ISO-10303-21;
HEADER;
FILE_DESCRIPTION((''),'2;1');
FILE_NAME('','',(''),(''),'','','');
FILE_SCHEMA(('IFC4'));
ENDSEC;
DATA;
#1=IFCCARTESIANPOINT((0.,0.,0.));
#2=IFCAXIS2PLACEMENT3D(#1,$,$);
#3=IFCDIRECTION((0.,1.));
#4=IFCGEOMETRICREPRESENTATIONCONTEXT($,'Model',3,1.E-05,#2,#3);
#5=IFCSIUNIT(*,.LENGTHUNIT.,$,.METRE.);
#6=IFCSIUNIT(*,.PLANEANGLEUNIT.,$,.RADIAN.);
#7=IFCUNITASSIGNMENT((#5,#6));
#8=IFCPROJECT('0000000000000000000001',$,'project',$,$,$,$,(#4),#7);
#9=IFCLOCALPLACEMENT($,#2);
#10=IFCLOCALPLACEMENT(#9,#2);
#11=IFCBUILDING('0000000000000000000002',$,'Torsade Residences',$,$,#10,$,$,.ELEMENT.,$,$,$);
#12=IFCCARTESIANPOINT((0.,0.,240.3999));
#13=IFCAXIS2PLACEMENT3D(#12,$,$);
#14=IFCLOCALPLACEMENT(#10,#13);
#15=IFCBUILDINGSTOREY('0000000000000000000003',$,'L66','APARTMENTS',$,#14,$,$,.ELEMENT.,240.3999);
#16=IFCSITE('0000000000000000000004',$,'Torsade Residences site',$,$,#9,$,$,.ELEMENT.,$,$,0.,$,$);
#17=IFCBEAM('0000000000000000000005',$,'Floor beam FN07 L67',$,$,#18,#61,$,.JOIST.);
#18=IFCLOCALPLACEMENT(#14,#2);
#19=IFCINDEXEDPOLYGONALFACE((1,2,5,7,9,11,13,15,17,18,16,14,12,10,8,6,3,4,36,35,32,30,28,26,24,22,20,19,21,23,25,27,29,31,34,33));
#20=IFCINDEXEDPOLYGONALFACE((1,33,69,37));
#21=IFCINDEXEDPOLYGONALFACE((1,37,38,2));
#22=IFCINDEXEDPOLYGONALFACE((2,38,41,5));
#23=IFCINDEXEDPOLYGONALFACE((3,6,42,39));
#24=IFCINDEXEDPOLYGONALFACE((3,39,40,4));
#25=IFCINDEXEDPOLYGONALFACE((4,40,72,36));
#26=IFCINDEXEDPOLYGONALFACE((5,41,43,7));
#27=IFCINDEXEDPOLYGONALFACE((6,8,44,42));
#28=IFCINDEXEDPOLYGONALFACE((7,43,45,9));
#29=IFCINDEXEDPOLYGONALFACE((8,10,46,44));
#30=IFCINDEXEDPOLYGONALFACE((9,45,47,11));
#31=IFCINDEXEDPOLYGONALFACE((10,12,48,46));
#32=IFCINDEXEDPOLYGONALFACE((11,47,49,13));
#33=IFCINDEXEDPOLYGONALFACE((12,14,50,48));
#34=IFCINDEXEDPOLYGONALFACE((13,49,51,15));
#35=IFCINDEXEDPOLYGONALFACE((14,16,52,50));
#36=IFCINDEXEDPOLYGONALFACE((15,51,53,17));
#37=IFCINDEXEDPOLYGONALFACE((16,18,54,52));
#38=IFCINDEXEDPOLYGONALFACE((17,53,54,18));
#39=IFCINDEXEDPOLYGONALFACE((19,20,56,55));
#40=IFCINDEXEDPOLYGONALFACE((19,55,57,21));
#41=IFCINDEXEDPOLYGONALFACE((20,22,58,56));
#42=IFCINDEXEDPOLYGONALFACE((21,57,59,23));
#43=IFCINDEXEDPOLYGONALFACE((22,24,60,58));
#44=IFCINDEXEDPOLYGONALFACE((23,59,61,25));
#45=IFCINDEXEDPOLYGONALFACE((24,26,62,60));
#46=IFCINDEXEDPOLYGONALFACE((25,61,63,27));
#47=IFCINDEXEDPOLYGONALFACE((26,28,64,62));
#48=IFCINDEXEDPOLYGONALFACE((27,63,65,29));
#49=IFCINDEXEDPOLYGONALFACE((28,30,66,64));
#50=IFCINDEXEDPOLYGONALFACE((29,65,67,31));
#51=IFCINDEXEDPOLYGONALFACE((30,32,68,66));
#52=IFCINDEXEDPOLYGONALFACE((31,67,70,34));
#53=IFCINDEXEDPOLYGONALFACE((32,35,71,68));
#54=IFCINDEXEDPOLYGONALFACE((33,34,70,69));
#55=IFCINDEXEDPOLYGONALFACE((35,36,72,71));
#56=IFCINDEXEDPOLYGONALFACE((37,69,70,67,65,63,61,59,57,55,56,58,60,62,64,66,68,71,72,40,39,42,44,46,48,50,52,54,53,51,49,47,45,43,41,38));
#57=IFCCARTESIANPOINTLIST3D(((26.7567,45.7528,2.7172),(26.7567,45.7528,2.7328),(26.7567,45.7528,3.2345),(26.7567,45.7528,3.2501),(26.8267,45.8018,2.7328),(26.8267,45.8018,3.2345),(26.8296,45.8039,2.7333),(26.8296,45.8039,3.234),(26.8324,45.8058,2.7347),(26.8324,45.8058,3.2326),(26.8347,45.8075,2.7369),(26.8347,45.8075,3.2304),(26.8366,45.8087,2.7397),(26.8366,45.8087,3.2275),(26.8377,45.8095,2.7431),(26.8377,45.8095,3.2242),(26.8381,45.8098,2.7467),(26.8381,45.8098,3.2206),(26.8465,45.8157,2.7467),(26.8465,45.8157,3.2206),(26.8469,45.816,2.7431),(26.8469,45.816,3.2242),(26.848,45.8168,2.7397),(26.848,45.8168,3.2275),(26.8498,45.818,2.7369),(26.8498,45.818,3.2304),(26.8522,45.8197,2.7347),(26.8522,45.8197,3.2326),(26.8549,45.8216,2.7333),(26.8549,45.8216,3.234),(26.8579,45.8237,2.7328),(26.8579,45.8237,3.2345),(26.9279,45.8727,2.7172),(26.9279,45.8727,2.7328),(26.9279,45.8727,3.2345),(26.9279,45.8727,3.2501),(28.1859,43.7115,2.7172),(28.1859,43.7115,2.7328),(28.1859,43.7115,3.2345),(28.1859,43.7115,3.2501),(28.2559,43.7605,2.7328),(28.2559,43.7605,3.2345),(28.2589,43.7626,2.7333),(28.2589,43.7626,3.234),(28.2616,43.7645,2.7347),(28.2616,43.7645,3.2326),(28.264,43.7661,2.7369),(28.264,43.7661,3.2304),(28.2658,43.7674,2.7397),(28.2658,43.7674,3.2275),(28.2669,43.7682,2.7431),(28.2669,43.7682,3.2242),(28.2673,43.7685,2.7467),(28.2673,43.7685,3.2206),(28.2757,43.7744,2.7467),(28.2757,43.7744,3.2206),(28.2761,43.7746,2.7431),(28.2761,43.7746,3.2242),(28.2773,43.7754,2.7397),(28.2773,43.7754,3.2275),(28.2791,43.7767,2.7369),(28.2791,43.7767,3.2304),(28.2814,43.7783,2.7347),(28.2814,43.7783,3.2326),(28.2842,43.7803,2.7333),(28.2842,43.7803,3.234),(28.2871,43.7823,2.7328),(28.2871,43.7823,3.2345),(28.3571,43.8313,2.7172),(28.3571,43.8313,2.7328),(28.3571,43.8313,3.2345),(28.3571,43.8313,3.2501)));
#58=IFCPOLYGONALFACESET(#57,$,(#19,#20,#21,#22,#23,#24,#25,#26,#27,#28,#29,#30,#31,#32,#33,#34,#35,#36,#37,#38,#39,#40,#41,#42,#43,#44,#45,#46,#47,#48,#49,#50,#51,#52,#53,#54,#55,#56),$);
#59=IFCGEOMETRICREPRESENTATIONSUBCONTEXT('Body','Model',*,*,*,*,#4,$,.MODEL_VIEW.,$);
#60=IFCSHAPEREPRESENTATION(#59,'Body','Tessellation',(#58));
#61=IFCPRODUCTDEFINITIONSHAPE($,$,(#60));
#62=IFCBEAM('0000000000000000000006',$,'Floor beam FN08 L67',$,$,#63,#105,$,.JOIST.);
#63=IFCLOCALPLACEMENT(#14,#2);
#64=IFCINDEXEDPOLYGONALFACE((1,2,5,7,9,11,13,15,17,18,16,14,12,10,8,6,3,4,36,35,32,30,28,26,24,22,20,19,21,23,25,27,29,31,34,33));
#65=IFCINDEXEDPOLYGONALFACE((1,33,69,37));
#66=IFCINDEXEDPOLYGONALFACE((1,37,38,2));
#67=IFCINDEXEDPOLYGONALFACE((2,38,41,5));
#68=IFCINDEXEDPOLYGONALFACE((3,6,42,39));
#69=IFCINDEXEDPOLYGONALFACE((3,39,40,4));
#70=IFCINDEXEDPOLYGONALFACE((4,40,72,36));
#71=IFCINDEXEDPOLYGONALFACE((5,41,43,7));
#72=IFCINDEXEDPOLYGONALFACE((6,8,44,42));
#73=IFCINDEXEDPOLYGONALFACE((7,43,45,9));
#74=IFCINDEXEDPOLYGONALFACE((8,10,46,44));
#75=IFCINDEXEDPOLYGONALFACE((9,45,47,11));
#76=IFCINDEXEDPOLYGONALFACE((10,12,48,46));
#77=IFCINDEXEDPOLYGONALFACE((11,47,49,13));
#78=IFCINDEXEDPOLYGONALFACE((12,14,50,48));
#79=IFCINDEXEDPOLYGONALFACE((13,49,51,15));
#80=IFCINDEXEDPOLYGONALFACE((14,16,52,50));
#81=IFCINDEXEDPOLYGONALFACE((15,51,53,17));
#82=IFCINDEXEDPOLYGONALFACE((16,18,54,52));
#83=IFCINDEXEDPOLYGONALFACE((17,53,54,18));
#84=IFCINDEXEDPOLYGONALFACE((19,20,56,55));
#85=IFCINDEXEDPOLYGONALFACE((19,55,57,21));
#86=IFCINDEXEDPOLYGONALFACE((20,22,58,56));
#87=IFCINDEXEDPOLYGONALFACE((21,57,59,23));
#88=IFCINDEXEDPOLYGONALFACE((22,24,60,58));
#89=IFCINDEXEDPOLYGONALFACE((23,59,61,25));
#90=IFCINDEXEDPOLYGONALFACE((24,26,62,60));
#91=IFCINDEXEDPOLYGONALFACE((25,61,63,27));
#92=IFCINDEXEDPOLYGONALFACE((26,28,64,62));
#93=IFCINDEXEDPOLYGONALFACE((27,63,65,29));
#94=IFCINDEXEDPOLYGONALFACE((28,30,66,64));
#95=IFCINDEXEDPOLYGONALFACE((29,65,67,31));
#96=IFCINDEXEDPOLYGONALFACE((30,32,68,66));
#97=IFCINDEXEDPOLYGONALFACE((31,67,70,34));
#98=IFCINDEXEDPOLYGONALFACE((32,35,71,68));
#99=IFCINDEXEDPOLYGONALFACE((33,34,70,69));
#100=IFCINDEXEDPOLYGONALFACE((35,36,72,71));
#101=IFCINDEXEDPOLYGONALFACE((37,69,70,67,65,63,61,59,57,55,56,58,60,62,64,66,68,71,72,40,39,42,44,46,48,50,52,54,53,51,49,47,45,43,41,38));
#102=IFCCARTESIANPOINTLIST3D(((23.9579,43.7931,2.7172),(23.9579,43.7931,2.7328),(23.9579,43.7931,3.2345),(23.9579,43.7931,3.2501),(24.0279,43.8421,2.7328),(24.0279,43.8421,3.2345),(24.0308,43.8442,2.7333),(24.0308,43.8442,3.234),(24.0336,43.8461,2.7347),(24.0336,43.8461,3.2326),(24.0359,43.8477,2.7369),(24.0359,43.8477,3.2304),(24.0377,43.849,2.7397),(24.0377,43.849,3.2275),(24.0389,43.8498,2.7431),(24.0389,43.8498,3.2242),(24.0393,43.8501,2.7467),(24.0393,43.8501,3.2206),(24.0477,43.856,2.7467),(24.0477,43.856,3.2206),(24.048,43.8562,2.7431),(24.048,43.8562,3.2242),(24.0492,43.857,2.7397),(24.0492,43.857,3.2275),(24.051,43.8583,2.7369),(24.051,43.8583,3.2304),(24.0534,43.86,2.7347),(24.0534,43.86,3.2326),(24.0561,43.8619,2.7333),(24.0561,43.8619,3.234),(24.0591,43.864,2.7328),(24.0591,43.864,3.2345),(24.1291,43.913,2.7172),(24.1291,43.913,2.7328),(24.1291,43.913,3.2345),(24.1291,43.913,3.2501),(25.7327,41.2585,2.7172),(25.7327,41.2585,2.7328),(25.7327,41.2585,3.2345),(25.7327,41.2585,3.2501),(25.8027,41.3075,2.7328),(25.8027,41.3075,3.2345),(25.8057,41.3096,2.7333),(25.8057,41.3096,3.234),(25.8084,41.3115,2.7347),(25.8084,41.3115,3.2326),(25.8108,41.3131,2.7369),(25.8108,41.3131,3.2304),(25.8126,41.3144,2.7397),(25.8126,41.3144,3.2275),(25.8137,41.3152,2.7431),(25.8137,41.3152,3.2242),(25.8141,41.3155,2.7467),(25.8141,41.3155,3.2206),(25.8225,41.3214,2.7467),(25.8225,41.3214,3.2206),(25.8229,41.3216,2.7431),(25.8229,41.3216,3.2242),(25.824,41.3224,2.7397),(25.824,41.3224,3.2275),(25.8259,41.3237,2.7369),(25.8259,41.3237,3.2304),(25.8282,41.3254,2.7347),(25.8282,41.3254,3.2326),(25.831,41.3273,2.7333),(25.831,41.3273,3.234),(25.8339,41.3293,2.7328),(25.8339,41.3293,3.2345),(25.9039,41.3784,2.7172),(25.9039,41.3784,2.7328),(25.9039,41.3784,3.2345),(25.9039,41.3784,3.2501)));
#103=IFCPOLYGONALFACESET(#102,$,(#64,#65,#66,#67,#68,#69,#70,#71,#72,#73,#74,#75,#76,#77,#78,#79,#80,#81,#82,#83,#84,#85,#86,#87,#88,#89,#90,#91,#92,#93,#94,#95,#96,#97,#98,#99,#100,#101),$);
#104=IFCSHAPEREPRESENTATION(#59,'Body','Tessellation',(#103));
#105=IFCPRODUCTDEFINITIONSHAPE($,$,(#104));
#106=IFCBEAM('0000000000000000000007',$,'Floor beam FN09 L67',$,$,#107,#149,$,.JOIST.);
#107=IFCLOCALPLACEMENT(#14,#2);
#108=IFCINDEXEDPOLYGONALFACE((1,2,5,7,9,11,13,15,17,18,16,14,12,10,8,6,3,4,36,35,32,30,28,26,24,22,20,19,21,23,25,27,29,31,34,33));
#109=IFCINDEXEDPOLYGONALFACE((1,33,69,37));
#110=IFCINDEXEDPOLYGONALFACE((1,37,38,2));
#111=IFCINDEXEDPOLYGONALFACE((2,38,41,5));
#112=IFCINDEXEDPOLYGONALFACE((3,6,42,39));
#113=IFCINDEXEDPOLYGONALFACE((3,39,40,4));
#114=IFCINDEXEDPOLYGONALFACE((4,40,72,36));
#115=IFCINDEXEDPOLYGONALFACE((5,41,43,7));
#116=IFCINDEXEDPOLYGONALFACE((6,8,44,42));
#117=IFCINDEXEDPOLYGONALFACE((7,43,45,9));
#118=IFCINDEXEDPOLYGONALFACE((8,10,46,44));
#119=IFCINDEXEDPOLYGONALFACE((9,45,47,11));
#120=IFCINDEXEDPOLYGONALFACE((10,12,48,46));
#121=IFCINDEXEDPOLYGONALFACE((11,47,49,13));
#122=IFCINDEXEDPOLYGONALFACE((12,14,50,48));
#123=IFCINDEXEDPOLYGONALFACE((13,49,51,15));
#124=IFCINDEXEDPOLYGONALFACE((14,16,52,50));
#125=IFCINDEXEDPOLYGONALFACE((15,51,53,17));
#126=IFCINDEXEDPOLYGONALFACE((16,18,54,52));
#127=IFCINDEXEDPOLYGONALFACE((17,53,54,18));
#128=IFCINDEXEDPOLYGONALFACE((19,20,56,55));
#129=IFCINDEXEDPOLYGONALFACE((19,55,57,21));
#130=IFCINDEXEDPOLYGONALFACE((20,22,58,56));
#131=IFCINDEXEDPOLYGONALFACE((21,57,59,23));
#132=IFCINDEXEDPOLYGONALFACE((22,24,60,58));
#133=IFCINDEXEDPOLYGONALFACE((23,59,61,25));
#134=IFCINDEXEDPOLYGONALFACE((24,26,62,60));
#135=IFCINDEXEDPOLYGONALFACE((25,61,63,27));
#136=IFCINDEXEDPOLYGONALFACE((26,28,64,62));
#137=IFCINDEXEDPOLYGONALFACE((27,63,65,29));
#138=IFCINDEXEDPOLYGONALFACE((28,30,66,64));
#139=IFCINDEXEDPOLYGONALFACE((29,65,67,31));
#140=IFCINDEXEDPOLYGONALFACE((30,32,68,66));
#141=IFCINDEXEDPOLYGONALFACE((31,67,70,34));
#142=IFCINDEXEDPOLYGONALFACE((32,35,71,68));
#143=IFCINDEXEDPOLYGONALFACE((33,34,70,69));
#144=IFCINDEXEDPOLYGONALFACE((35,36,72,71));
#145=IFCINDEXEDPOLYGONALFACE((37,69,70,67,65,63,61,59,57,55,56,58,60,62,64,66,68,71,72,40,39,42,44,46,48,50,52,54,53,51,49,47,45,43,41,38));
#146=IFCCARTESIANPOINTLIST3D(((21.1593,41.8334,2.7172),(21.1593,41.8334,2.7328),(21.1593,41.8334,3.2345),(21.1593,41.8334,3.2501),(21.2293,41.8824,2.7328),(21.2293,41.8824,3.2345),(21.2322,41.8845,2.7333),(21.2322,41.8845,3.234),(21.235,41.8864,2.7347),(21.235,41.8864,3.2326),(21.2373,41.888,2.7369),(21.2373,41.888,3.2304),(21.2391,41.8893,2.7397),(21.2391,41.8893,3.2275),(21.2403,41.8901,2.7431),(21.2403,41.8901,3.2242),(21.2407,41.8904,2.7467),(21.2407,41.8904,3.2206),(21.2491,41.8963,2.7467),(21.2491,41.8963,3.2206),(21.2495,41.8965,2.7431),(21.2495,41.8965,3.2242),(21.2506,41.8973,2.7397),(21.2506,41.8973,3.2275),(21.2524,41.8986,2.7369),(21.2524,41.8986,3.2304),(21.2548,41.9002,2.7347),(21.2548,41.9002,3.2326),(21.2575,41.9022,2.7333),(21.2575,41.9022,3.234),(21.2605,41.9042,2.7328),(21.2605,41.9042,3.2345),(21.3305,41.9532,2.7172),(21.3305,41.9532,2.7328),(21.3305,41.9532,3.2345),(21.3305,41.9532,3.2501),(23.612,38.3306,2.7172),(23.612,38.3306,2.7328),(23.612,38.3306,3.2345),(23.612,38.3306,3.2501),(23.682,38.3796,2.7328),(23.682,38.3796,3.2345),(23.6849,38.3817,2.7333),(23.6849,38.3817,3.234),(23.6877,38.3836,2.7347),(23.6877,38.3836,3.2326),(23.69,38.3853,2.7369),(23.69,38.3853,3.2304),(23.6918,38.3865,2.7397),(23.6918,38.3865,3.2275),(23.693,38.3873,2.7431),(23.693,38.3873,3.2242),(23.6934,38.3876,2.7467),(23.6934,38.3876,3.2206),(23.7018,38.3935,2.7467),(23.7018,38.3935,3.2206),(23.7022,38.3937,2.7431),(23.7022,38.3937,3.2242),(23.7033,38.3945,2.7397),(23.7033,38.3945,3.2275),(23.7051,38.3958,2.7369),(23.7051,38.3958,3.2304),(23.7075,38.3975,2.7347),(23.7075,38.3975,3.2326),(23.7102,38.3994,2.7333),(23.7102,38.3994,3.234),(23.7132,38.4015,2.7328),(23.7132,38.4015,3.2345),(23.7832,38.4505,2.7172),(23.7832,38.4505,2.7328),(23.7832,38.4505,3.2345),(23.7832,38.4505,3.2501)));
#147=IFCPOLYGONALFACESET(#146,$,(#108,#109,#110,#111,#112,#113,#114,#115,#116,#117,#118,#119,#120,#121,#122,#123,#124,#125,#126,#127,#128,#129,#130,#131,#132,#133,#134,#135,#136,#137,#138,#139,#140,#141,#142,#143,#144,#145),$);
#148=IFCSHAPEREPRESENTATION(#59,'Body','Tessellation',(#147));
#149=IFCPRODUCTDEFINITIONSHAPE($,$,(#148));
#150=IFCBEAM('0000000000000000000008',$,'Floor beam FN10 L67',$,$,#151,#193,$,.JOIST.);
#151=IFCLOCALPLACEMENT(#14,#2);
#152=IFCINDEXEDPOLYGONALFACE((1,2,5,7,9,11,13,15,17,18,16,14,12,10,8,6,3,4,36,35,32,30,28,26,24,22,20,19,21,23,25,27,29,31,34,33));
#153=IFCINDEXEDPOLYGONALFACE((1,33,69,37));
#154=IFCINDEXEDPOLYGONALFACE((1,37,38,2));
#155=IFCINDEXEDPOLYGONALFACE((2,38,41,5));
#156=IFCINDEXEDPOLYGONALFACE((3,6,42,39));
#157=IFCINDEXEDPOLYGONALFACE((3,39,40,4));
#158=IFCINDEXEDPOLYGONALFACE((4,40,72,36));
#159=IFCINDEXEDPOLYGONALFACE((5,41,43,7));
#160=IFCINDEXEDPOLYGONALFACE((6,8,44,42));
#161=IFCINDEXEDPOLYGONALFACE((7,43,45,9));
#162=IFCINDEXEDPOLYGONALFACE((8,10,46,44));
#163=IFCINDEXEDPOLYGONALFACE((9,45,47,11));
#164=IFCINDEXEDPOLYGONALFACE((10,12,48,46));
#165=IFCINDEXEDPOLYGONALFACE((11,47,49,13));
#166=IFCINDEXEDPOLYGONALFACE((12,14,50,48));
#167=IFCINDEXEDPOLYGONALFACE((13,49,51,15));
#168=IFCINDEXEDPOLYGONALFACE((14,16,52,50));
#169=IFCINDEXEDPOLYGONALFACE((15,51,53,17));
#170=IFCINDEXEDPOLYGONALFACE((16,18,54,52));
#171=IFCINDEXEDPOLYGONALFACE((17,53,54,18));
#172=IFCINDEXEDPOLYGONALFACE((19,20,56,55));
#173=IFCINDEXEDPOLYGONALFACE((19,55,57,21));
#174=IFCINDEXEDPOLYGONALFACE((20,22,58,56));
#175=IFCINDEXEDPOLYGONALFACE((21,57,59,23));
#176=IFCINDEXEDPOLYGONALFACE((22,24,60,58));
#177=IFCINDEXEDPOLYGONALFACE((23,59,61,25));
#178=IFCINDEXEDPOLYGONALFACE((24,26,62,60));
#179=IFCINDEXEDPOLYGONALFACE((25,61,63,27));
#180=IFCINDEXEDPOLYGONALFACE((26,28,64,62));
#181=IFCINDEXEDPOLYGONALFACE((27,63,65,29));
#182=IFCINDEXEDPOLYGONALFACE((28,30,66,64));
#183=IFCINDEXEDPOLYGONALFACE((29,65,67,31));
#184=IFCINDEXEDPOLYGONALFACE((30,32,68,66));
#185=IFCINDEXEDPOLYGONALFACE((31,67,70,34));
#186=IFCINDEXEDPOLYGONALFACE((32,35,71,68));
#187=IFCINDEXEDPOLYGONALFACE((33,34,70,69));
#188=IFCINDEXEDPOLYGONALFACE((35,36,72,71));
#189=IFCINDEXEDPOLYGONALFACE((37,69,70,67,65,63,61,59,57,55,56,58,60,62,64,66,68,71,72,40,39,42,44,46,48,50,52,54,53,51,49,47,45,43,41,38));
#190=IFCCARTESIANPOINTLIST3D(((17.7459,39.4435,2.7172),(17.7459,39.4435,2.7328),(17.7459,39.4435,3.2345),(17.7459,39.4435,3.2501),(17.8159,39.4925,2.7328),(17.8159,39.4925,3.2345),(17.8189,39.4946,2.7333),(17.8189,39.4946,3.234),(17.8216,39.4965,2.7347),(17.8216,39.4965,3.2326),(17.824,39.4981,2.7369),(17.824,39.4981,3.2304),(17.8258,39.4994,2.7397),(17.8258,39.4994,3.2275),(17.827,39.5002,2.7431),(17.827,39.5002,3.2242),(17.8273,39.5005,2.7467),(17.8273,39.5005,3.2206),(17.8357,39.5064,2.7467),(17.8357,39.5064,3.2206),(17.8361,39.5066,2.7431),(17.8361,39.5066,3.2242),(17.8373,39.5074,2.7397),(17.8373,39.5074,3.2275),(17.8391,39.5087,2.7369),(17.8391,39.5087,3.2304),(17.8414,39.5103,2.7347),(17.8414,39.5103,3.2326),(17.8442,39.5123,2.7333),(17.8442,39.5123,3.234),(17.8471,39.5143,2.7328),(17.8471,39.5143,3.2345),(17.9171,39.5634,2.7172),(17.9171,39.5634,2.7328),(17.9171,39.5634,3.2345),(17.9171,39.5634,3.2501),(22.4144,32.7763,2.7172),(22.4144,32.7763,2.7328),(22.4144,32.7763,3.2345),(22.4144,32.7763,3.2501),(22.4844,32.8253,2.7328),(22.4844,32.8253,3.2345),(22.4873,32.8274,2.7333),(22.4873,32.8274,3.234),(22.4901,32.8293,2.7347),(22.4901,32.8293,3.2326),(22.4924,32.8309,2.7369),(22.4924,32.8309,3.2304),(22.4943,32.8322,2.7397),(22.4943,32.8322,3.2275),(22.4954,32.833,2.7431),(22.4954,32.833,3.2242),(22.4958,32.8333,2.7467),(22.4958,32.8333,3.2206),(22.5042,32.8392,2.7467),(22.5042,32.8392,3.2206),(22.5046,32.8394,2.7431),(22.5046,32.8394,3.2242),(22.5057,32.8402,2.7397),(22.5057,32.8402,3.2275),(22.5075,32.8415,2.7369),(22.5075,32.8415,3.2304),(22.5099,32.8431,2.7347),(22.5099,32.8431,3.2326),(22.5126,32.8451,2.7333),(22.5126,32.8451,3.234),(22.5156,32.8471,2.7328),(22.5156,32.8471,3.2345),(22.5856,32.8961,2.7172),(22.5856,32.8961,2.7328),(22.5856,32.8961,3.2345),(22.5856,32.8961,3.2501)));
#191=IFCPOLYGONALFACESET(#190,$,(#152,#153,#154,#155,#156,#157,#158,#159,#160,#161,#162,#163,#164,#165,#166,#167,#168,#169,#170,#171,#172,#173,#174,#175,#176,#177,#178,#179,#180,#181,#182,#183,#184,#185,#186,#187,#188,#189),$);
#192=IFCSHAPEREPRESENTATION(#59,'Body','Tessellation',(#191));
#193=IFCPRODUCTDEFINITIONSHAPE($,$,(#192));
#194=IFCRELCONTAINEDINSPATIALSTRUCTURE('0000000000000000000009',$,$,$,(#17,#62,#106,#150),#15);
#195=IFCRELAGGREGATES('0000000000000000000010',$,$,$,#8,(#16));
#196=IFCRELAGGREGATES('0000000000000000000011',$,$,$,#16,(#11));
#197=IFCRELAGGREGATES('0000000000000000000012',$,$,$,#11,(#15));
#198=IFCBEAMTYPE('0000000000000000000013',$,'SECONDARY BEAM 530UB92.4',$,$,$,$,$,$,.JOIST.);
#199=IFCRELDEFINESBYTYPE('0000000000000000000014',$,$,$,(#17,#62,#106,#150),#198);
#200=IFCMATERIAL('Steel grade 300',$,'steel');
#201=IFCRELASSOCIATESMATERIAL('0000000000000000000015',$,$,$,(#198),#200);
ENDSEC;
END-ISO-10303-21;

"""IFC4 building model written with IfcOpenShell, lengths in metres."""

from ifc_helpers import new_model, si_unit, direction, frame, origin, origin_2d, place, context, subcontext, project, spatial, i_section, extrude, material, material_profile, profile_set, type_object, element, save


model = new_model("IFC4")

# Units and contexts
model_context = context("Model", 3, precision=1e-05, world=origin(), true_north=direction((0.0, 1.0)))
body_context = subcontext(model_context, "Body", "Model", "MODEL_VIEW")
ifc_project = project(units=[si_unit("LENGTHUNIT", "METRE"), si_unit("PLANEANGLEUNIT", "RADIAN")], contexts=[model_context])

# Site, building, storey
site_placement = place(None, origin())
site = spatial("IfcSite", under=ifc_project, at=site_placement, Name="Torsade Residences site", CompositionType="ELEMENT", RefElevation=0.0)
building_placement = place(site_placement, origin())
building = spatial("IfcBuilding", under=site, at=building_placement, Name="Torsade Residences", CompositionType="ELEMENT")
storey_placement = place(building_placement, frame((0.0, 0.0, 240.3999)))
storey = spatial("IfcBuildingStorey", under=building, at=storey_placement, Name="L66", Description="APARTMENTS", CompositionType="ELEMENT", Elevation=240.3999)

# Beams
ifc_material_1 = material(Name="Steel grade 300", Category="steel")
ifc_material_profile_1 = material_profile(ifc_material_1, i_section(OverallWidth=0.209, OverallDepth=0.533, WebThickness=0.0103, FlangeThickness=0.0156, FilletRadius=0.0139, at=origin_2d()), Name="530UB92.4")
ifc_profile_set_1 = profile_set([ifc_material_profile_1], Name="Steel grade 300")
beam_type_1 = type_object("IfcBeamType", Name="SECONDARY BEAM 530UB92.4", PredefinedType="JOIST", material=ifc_profile_set_1)
beam_1_placement = place(storey_placement, frame((26.8423, 45.8127, 2.9836), z_axis=(0.573548, -0.819172, 0.0), x_axis=(0.819172, 0.573548, 0.0)))
element("IfcBeam", 1, at=beam_1_placement, inside=storey, type_object=beam_type_1, Name="Floor beam FN07 L67", PredefinedType="JOIST", context=body_context, shape_type="SweptSolid", body=[
    extrude(i_section(OverallWidth=0.209, OverallDepth=0.533, WebThickness=0.0103, FlangeThickness=0.0156, FilletRadius=0.0139, at=origin_2d()), origin(), (0.0, 0.0, 1.0), 2.4919),
])
beam_2_placement = place(storey_placement, frame((24.0435, 43.853, 2.9836), z_axis=(0.5736, -0.819136, 0.0), x_axis=(0.819136, 0.5736, 0.0)))
element("IfcBeam", 2, at=beam_2_placement, inside=storey, type_object=beam_type_1, Name="Floor beam FN08 L67", PredefinedType="JOIST", context=body_context, shape_type="SweptSolid", body=[
    extrude(i_section(OverallWidth=0.209, OverallDepth=0.533, WebThickness=0.0103, FlangeThickness=0.0156, FilletRadius=0.0139, at=origin_2d()), origin(), (0.0, 0.0, 1.0), 3.0942),
])
beam_3_placement = place(storey_placement, frame((21.2449, 41.8933, 2.9836), z_axis=(0.573581, -0.819149, 0.0), x_axis=(0.819149, 0.573581, 0.0)))
element("IfcBeam", 3, at=beam_3_placement, inside=storey, type_object=beam_type_1, Name="Floor beam FN09 L67", PredefinedType="JOIST", context=body_context, shape_type="SweptSolid", body=[
    extrude(i_section(OverallWidth=0.209, OverallDepth=0.533, WebThickness=0.0103, FlangeThickness=0.0156, FilletRadius=0.0139, at=origin_2d()), origin(), (0.0, 0.0, 1.0), 4.2761),
])
beam_4_placement = place(storey_placement, frame((17.8315, 39.5034, 2.9836), z_axis=(0.573577, -0.819152, 0.0), x_axis=(0.819152, 0.573577, 0.0)))
element("IfcBeam", 4, at=beam_4_placement, inside=storey, type_object=beam_type_1, Name="Floor beam FN10 L67", PredefinedType="JOIST", context=body_context, shape_type="SweptSolid", body=[
    extrude(i_section(OverallWidth=0.209, OverallDepth=0.533, WebThickness=0.0103, FlangeThickness=0.0156, FilletRadius=0.0139, at=origin_2d()), origin(), (0.0, 0.0, 1.0), 8.1392),
])

save(model, "model.ifc")
